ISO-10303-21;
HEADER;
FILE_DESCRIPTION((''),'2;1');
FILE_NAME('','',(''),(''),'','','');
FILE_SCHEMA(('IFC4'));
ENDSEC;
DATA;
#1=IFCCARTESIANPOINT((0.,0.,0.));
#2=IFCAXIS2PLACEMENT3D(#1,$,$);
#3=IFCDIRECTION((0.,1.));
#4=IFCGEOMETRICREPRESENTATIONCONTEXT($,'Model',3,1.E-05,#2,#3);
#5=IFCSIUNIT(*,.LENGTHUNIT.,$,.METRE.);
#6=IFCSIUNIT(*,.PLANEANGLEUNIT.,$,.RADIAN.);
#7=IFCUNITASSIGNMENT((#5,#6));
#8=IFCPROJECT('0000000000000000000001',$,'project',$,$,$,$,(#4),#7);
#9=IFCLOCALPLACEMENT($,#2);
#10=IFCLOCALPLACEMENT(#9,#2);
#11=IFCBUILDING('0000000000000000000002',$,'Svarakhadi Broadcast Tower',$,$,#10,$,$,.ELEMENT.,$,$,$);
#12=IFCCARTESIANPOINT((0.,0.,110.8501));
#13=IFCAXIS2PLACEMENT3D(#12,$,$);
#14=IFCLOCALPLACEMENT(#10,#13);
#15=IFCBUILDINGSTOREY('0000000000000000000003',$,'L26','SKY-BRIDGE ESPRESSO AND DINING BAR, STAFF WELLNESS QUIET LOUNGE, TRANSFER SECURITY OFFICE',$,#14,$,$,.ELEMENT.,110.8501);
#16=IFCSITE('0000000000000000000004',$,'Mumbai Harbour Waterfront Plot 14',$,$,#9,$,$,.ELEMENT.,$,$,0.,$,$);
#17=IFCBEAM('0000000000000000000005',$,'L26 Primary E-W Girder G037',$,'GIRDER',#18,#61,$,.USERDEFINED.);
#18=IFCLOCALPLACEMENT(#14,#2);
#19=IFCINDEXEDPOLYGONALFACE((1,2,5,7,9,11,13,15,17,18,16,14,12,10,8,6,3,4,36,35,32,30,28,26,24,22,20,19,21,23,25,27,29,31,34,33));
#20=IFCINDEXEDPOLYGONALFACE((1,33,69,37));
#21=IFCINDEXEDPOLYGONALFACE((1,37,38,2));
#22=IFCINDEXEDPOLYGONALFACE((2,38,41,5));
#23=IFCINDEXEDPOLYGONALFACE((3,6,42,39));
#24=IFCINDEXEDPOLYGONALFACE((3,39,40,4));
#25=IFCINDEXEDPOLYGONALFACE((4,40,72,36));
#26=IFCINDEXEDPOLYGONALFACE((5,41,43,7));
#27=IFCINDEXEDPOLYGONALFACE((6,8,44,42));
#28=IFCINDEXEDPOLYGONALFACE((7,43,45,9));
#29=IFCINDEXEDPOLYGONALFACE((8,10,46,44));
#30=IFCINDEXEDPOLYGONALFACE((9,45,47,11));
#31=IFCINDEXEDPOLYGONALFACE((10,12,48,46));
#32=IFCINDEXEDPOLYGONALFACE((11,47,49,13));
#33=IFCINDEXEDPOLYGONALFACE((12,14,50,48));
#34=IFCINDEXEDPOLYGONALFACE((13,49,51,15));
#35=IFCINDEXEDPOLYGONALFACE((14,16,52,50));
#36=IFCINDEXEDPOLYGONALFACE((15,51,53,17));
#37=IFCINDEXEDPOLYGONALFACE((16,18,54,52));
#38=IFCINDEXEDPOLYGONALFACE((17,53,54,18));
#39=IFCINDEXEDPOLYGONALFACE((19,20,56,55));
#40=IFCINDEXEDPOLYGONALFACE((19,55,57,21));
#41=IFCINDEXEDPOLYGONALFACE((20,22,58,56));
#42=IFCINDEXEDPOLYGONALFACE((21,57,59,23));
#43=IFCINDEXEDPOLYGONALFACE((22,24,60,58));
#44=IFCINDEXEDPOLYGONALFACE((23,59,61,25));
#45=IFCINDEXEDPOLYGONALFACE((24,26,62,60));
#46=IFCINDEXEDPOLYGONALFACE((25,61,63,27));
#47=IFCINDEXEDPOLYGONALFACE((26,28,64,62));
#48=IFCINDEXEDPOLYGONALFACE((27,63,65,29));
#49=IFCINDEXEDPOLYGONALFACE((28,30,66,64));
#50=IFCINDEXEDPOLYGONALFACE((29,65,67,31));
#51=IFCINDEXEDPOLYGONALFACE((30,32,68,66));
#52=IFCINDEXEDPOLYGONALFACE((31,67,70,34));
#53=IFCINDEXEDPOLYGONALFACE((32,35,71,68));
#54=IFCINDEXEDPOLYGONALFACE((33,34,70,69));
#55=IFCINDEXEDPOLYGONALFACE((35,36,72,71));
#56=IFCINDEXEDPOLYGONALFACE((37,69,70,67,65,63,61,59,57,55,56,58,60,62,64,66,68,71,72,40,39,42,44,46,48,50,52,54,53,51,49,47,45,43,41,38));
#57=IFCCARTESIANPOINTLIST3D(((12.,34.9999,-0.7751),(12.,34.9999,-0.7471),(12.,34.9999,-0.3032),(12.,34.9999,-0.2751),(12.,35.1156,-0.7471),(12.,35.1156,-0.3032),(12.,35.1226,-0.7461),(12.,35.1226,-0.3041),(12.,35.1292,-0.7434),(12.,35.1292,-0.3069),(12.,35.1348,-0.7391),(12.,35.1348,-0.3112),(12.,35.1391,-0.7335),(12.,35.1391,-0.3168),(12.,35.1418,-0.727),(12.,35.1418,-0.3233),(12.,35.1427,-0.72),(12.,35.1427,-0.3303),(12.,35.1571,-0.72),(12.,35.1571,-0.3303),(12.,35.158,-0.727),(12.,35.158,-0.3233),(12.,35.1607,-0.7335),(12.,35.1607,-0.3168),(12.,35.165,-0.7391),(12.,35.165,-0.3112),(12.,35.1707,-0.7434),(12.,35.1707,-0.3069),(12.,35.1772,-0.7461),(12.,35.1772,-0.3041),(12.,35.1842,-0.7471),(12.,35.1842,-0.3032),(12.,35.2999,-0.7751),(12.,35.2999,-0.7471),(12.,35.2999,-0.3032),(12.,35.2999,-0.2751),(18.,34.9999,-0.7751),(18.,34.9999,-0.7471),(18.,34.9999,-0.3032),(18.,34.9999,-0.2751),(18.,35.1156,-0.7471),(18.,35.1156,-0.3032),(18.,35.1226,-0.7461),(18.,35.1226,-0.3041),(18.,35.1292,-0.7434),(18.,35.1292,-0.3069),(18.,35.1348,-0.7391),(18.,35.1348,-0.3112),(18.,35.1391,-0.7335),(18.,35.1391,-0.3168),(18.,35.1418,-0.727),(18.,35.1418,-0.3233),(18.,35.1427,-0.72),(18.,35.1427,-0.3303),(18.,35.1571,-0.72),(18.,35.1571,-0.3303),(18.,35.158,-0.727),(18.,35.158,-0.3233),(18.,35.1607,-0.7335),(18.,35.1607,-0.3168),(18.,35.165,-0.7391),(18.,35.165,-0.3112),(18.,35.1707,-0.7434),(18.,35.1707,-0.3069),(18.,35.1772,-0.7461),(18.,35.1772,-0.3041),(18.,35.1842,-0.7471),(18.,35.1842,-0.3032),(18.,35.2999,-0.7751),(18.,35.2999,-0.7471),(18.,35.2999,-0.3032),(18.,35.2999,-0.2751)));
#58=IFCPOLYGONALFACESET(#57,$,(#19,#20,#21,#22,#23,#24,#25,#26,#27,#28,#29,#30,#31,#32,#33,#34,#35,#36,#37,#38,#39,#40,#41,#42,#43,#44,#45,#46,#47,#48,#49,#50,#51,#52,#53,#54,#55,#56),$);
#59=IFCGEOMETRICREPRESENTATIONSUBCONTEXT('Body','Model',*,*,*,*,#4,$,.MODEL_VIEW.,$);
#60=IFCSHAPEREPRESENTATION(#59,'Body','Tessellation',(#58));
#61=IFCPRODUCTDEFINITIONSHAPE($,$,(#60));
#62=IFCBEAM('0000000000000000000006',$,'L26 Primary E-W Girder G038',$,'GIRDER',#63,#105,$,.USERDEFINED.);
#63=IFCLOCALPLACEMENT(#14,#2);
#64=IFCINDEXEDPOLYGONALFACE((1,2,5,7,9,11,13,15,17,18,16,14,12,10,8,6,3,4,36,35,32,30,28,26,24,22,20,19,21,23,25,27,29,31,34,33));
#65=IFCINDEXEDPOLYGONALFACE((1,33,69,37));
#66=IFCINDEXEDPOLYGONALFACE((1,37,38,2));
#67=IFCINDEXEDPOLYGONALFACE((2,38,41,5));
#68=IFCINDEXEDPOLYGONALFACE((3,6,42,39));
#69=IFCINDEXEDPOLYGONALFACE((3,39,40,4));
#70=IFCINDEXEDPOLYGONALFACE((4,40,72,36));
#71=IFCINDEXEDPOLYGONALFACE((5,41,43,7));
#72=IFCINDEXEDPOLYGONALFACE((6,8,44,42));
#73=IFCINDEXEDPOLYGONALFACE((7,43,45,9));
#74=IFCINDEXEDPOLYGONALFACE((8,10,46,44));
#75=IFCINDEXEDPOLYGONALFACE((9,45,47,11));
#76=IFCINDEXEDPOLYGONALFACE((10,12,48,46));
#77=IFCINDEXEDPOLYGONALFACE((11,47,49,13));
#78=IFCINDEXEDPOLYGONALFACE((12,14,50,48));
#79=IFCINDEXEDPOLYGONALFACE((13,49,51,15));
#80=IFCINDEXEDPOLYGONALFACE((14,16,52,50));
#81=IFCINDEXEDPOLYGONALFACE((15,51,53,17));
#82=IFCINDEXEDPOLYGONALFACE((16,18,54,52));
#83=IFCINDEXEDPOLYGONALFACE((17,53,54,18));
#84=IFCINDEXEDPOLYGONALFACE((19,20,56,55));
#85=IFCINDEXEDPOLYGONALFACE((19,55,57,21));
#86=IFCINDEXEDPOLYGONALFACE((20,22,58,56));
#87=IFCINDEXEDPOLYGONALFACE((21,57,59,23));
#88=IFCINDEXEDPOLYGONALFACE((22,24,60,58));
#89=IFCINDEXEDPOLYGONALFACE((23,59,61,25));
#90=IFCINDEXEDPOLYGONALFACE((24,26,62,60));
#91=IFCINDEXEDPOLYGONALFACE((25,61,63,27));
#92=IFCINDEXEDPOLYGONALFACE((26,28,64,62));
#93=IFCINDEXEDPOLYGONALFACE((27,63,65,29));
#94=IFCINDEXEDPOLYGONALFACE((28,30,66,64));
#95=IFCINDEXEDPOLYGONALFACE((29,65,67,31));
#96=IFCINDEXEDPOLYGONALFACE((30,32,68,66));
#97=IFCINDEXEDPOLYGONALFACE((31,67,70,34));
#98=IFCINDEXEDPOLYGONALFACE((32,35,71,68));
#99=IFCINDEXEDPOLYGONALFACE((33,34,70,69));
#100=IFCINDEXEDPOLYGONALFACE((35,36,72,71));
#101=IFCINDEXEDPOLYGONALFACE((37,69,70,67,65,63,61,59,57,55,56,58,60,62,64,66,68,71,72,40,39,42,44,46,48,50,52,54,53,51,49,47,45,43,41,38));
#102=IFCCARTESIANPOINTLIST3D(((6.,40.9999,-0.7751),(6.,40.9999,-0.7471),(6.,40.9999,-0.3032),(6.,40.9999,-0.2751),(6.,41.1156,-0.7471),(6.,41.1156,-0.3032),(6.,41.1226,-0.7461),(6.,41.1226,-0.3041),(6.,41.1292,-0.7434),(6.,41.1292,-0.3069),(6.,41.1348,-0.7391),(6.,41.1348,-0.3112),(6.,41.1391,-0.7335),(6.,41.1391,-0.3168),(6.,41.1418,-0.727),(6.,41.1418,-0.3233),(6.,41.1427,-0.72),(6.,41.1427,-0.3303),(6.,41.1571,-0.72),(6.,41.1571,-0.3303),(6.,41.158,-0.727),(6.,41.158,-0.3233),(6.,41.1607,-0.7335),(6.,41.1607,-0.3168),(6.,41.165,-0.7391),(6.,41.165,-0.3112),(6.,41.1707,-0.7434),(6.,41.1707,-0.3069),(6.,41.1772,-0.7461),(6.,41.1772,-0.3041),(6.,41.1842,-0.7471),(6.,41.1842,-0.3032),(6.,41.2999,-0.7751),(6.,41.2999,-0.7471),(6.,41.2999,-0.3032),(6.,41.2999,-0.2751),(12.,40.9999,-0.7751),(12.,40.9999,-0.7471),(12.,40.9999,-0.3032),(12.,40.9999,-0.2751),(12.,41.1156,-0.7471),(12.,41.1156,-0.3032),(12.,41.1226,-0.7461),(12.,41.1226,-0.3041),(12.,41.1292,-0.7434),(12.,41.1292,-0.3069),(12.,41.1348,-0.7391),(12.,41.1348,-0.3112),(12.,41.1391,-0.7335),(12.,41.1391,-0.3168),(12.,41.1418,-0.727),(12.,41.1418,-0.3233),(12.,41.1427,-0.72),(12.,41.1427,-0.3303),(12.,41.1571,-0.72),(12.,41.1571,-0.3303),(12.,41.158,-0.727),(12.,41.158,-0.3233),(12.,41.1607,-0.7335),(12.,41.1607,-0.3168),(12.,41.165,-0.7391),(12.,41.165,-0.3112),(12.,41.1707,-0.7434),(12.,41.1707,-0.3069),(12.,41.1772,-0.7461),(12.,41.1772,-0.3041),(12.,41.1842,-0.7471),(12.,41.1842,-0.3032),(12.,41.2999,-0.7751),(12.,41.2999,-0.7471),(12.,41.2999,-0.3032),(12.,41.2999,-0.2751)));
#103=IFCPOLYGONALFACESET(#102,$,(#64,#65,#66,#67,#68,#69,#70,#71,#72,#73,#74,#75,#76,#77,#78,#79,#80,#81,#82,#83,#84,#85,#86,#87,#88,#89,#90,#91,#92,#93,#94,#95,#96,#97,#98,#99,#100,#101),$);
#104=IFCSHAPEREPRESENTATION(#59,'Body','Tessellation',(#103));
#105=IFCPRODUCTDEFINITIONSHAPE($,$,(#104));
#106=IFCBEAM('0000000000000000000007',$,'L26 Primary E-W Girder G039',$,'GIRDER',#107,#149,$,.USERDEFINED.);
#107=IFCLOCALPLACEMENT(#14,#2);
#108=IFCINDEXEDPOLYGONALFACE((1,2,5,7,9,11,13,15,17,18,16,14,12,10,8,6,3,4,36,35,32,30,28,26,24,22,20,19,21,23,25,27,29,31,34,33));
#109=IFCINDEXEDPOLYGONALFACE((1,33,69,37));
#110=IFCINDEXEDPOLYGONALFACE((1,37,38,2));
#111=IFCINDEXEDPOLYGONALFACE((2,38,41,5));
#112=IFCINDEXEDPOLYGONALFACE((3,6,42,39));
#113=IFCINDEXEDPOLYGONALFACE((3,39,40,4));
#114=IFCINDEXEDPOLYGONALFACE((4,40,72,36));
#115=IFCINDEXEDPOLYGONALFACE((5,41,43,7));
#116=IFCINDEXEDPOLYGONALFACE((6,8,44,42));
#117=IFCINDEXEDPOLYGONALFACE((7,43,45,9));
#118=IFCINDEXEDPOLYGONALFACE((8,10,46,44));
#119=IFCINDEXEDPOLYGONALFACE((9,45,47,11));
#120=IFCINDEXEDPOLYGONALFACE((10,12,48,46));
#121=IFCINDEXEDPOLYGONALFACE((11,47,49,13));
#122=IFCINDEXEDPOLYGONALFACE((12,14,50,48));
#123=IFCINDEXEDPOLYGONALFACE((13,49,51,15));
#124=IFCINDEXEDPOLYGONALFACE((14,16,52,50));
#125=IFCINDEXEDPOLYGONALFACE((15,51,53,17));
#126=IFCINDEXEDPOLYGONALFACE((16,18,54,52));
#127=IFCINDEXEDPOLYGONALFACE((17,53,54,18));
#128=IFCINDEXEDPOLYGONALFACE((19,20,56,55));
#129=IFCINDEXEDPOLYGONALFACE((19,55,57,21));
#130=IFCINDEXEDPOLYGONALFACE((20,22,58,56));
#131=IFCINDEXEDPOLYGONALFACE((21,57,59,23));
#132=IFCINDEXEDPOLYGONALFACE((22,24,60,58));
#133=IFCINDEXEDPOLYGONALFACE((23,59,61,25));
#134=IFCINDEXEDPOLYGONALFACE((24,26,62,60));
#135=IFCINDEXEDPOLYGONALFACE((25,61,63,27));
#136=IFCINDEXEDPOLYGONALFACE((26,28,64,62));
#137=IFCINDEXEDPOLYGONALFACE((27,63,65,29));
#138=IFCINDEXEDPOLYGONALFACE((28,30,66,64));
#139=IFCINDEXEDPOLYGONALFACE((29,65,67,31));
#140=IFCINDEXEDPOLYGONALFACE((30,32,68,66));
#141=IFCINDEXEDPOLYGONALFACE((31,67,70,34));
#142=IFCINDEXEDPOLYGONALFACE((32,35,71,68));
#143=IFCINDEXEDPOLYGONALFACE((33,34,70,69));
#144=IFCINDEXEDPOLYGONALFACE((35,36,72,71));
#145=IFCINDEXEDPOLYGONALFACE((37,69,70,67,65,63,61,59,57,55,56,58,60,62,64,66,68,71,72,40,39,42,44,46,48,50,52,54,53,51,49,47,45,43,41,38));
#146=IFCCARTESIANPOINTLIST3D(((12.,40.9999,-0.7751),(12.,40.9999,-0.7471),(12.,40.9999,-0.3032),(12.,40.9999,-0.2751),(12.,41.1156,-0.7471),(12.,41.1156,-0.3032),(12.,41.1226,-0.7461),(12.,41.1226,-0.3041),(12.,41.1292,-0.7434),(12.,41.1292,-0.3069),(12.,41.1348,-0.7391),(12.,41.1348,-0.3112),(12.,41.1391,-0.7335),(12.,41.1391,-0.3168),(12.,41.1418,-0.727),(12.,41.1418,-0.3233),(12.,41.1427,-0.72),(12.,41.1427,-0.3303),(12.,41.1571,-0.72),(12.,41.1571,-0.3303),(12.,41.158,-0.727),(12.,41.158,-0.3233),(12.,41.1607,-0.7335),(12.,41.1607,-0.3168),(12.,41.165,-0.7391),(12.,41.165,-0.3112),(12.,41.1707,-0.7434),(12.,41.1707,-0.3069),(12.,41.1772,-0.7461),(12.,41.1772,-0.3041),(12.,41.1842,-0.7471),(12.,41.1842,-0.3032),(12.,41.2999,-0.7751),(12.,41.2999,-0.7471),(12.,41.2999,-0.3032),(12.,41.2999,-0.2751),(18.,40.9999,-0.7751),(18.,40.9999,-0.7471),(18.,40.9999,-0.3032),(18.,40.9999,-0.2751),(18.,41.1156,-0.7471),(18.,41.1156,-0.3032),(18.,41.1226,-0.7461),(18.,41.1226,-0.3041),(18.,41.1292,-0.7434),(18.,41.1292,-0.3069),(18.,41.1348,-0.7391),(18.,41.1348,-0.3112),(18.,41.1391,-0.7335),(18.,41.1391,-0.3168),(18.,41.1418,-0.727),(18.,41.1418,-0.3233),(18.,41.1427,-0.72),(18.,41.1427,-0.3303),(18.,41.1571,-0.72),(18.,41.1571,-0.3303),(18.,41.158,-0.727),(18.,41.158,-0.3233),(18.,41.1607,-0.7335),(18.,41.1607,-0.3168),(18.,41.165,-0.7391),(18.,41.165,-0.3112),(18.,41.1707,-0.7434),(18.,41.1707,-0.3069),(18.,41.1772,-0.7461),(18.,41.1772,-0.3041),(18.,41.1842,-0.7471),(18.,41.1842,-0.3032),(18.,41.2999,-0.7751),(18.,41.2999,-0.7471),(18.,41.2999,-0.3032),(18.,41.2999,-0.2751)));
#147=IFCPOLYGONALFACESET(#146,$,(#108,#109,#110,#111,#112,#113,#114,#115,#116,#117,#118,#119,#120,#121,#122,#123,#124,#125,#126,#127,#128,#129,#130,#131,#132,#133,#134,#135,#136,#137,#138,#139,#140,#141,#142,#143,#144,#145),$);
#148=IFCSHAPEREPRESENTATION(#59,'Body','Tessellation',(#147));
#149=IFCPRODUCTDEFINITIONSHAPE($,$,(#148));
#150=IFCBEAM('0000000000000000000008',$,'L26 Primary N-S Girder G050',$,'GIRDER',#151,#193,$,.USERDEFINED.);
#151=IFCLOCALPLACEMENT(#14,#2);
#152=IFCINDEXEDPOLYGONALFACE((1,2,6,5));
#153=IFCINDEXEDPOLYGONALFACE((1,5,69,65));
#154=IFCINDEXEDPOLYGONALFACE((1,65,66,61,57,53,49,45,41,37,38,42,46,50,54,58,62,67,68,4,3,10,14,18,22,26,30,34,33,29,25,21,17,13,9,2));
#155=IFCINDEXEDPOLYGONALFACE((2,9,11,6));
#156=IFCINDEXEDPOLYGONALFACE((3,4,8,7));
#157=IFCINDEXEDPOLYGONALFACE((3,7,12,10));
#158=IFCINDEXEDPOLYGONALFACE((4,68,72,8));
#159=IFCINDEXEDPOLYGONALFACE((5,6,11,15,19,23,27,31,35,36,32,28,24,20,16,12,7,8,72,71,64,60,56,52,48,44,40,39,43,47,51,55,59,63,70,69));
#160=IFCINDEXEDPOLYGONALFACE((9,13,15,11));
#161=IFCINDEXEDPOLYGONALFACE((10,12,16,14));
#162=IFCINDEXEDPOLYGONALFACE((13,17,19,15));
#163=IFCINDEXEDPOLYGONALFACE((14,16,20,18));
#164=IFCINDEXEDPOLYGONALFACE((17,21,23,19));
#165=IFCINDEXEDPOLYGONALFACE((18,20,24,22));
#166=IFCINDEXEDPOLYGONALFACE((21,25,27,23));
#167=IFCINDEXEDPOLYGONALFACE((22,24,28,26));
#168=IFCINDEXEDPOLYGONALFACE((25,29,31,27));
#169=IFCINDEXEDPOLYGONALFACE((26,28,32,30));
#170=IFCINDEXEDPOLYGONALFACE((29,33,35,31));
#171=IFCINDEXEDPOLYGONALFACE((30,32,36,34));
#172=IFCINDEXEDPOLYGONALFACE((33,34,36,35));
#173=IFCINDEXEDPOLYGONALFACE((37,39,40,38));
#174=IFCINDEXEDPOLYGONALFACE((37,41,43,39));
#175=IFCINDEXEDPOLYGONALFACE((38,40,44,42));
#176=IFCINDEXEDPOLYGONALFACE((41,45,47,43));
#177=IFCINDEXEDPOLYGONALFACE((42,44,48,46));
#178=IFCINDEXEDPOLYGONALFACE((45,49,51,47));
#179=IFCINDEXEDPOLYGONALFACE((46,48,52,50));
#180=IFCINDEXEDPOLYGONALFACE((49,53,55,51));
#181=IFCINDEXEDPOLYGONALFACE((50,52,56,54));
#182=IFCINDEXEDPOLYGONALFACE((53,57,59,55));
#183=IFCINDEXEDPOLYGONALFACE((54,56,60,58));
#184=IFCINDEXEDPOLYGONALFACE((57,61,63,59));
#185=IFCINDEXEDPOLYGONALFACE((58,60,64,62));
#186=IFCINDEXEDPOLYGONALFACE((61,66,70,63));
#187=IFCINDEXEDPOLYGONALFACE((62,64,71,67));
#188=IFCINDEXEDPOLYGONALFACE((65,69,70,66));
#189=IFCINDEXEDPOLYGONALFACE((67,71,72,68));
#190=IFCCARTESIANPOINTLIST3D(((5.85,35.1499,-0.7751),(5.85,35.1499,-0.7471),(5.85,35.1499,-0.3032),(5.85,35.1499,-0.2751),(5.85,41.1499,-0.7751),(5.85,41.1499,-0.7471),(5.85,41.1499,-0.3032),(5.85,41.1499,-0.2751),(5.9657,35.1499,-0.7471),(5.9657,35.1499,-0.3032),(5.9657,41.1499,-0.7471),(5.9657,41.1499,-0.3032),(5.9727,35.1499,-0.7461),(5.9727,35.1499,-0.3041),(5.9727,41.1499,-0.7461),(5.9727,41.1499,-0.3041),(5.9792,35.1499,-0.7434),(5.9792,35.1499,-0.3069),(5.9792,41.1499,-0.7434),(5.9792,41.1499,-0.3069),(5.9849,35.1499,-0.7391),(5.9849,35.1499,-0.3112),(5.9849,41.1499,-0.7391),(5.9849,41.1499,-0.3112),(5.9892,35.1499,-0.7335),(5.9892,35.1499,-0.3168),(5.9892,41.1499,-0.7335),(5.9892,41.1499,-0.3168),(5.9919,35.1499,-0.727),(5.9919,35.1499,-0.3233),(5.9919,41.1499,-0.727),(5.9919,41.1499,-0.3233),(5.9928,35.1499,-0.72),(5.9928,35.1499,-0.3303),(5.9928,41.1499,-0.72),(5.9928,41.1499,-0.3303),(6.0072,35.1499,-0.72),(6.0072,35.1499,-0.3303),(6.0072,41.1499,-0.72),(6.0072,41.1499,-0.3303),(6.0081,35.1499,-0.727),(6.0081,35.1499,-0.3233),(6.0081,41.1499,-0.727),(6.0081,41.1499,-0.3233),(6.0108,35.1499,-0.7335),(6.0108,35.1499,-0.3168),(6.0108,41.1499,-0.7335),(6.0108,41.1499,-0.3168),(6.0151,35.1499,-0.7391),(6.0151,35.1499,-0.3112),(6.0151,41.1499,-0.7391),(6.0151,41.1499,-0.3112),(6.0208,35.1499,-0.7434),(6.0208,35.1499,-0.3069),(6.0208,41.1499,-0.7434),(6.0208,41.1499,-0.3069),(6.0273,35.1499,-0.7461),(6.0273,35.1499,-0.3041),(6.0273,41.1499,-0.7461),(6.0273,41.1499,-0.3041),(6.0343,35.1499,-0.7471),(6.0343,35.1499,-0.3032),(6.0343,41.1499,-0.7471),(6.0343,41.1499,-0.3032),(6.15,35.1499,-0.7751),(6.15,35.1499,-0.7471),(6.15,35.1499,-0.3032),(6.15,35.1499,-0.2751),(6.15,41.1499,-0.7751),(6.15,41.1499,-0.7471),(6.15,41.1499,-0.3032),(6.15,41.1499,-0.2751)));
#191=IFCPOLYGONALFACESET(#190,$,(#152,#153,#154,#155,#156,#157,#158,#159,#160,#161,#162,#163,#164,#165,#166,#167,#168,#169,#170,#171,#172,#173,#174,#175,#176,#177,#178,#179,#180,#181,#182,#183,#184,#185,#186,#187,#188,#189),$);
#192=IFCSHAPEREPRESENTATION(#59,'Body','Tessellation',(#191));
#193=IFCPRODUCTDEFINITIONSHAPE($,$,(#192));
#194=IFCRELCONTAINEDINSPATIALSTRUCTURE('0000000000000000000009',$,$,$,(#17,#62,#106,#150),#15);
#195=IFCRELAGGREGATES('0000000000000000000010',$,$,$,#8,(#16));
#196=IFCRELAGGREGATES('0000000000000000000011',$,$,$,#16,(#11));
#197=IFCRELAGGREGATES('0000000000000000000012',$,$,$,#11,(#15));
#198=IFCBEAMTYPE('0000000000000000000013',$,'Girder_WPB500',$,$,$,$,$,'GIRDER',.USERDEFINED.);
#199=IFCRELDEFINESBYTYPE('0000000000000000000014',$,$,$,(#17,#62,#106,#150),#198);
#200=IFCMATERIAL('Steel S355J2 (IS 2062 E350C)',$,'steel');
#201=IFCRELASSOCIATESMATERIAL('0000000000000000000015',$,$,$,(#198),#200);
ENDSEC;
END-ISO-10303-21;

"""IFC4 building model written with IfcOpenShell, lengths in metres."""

from ifc_helpers import new_model, si_unit, direction, frame, origin, origin_2d, place, context, subcontext, project, spatial, i_section, extrude, material, material_profile, profile_set, type_object, element, save


model = new_model("IFC4")

# Units and contexts
model_context = context("Model", 3, precision=1e-05, world=origin(), true_north=direction((0.0, 1.0)))
body_context = subcontext(model_context, "Body", "Model", "MODEL_VIEW")
ifc_project = project(units=[si_unit("LENGTHUNIT", "METRE"), si_unit("PLANEANGLEUNIT", "RADIAN")], contexts=[model_context])

# Site, building, storey
site_placement = place(None, origin())
site = spatial("IfcSite", under=ifc_project, at=site_placement, Name="Mumbai Harbour Waterfront Plot 14", CompositionType="ELEMENT", RefElevation=0.0)
building_placement = place(site_placement, origin())
building = spatial("IfcBuilding", under=site, at=building_placement, Name="Svarakhadi Broadcast Tower", CompositionType="ELEMENT")
storey_placement = place(building_placement, frame((0.0, 0.0, 110.8501)))
storey = spatial("IfcBuildingStorey", under=building, at=storey_placement, Name="L26", Description="SKY-BRIDGE ESPRESSO AND DINING BAR, STAFF WELLNESS QUIET LOUNGE, TRANSFER SECURITY OFFICE", CompositionType="ELEMENT", Elevation=110.8501)

# Shared definitions
ifc_material_1 = material(Name="Steel S355J2 (IS 2062 E350C)", Category="steel")

# Beams
ifc_material_profile_1 = material_profile(ifc_material_1, i_section(OverallWidth=0.3, OverallDepth=0.5, WebThickness=0.0144, FlangeThickness=0.0281, FilletRadius=0.0271, at=origin_2d()), Name="WPB 500x300x187")
ifc_profile_set_1 = profile_set([ifc_material_profile_1], Name="Steel S355J2 (IS 2062 E350C)")
beam_type_1 = type_object("IfcBeamType", Name="Girder_WPB500", ElementType="GIRDER", PredefinedType="USERDEFINED", material=ifc_profile_set_1)
for number, where, z_axis, x_axis, name in (
    (1, (12.0, 35.1499, -0.5251), (1.0, 0.0, 0.0), (0.0, 1.0, 0.0), "L26 Primary E-W Girder G037"),
    (2, (6.0, 41.1499, -0.5251), (1.0, 0.0, 0.0), (0.0, 1.0, 0.0), "L26 Primary E-W Girder G038"),
    (3, (12.0, 41.1499, -0.5251), (1.0, 0.0, 0.0), (0.0, 1.0, 0.0), "L26 Primary E-W Girder G039"),
    (4, (6.0, 35.1499, -0.5251), (0.0, 1.0, 0.0), (-1.0, 0.0, 0.0), "L26 Primary N-S Girder G050"),
):
    element("IfcBeam", number, at=place(storey_placement, frame(where, z_axis=z_axis, x_axis=x_axis)), inside=storey, type_object=beam_type_1, Name=name, ObjectType="GIRDER", PredefinedType="USERDEFINED", context=body_context, shape_type="SweptSolid", body=[
        extrude(i_section(OverallWidth=0.3, OverallDepth=0.5, WebThickness=0.0144, FlangeThickness=0.0281, FilletRadius=0.0271, at=origin_2d()), origin(), (0.0, 0.0, 1.0), 6.0),
    ])

save(model, "model.ifc")
